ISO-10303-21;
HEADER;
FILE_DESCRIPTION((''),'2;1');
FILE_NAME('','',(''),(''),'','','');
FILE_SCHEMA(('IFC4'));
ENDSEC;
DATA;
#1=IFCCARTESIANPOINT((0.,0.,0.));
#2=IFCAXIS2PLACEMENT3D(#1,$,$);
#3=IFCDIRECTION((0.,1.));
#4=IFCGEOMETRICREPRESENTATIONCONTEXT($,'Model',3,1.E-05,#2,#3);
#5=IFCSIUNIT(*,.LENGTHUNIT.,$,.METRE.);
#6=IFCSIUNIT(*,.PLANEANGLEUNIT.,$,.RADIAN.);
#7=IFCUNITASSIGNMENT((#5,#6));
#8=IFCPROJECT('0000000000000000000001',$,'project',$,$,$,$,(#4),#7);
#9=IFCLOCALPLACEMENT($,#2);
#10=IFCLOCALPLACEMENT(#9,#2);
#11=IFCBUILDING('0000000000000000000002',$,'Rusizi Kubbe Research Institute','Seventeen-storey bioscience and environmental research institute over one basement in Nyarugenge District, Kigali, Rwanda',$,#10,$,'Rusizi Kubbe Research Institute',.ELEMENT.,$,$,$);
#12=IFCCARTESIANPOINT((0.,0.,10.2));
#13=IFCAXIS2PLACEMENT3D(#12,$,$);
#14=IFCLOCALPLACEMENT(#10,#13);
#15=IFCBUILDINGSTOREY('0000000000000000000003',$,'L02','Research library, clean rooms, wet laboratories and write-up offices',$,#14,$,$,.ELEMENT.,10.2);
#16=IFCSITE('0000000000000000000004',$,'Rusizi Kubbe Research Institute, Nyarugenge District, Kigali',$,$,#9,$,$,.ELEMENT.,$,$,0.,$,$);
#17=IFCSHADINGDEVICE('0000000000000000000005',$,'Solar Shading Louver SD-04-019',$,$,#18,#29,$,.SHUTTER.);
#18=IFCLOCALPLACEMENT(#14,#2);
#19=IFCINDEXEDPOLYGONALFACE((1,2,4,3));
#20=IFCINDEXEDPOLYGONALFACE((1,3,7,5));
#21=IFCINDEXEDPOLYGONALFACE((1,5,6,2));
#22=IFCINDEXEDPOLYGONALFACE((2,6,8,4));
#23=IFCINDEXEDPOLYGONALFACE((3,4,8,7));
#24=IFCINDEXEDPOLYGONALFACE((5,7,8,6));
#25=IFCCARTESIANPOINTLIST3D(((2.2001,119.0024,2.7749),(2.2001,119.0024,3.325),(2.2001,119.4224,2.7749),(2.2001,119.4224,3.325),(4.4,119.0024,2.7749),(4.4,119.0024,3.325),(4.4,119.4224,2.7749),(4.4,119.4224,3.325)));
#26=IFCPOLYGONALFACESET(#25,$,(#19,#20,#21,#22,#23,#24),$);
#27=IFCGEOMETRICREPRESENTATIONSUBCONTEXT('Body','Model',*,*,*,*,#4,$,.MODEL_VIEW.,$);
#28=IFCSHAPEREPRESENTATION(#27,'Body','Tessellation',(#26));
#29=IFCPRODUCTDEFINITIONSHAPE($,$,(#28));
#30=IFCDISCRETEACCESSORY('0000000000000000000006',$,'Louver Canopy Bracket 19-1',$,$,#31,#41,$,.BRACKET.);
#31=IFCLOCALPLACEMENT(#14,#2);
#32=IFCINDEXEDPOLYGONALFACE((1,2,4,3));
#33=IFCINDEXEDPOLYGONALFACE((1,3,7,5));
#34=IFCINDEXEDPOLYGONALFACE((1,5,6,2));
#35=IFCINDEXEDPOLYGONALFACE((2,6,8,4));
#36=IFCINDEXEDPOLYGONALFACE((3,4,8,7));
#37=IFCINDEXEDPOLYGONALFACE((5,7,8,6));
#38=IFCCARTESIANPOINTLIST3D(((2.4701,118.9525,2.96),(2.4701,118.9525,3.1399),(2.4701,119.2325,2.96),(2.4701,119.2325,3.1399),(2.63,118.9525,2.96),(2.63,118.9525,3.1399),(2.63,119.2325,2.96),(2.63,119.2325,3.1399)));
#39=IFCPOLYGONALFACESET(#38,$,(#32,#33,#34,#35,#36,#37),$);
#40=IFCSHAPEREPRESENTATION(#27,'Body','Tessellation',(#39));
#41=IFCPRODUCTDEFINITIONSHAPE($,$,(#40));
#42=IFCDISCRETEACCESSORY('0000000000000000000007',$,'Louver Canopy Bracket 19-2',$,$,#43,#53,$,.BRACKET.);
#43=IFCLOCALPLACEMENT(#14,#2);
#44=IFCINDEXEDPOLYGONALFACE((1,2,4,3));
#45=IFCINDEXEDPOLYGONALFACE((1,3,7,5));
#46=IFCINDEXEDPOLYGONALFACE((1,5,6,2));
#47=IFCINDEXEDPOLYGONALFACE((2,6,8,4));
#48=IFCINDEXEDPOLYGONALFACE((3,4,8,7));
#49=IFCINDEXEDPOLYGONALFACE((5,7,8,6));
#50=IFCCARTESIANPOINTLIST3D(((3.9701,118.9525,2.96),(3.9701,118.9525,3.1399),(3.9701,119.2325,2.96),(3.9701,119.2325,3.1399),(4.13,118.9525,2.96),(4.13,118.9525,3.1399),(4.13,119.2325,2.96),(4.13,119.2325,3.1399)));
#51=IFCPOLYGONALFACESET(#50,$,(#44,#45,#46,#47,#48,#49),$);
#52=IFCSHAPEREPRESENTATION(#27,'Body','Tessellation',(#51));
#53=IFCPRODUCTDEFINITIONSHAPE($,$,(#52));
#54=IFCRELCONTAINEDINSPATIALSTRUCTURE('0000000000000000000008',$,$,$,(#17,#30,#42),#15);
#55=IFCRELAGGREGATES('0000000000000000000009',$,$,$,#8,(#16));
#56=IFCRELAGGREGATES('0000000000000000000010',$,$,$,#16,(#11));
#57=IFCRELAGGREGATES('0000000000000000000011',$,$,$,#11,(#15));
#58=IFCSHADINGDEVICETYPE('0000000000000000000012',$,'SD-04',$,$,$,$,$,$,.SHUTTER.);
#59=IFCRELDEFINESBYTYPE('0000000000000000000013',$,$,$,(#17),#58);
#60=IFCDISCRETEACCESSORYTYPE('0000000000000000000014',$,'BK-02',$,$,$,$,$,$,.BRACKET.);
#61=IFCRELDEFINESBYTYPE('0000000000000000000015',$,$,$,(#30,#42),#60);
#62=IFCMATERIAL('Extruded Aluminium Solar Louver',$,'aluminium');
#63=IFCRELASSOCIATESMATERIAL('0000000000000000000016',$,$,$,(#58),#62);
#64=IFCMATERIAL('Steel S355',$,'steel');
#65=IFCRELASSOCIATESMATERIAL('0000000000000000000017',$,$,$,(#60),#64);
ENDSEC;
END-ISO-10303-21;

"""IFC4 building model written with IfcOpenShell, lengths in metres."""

from ifc_helpers import new_model, si_unit, direction, frame, origin, origin_2d, place, context, subcontext, project, spatial, rectangle, extrude, material, type_object, element, save


model = new_model("IFC4")

# Units and contexts
model_context = context("Model", 3, precision=1e-05, world=origin(), true_north=direction((0.0, 1.0)))
body_context = subcontext(model_context, "Body", "Model", "MODEL_VIEW")
ifc_project = project(units=[si_unit("LENGTHUNIT", "METRE"), si_unit("PLANEANGLEUNIT", "RADIAN")], contexts=[model_context])

# Site, building, storey
site_placement = place(None, origin())
site = spatial("IfcSite", under=ifc_project, at=site_placement, Name="Rusizi Kubbe Research Institute, Nyarugenge District, Kigali", CompositionType="ELEMENT", RefElevation=0.0)
building_placement = place(site_placement, origin())
building = spatial("IfcBuilding", under=site, at=building_placement, Name="Rusizi Kubbe Research Institute", Description="Seventeen-storey bioscience and environmental research institute over one basement in Nyarugenge District, Kigali, Rwanda", LongName="Rusizi Kubbe Research Institute", CompositionType="ELEMENT")
storey_placement = place(building_placement, frame((0.0, 0.0, 10.2)))
storey = spatial("IfcBuildingStorey", under=building, at=storey_placement, Name="L02", Description="Research library, clean rooms, wet laboratories and write-up offices", CompositionType="ELEMENT", Elevation=10.2)

# Shading device
ifc_material_1 = material(Name="Extruded Aluminium Solar Louver", Category="aluminium")
shading_device_type = type_object("IfcShadingDeviceType", Name="SD-04", PredefinedType="SHUTTER", material=ifc_material_1)
shading_device_placement = place(storey_placement, frame((3.3, 119.2124, 2.7749), z_axis=(0.0, 0.0, 1.0), x_axis=(1.0, 0.0, 0.0)))
element("IfcShadingDevice", 1, at=shading_device_placement, inside=storey, type_object=shading_device_type, Name="Solar Shading Louver SD-04-019", PredefinedType="SHUTTER", context=body_context, shape_type="SweptSolid", body=[
    extrude(rectangle(XDim=2.2, YDim=0.4199, at=origin_2d()), origin(), (0.0, 0.0, 1.0), 0.55),
])

# Discrete accessories
ifc_material_2 = material(Name="Steel S355", Category="steel")
discrete_accessory_type = type_object("IfcDiscreteAccessoryType", Name="BK-02", PredefinedType="BRACKET", material=ifc_material_2)
for number, where, z_axis, x_axis, name in (
    (2, (2.55, 119.0925, 2.96), (0.0, 0.0, 1.0), (1.0, 0.0, 0.0), "Louver Canopy Bracket 19-1"),
    (3, (4.05, 119.0925, 2.96), (0.0, 0.0, 1.0), (1.0, 0.0, 0.0), "Louver Canopy Bracket 19-2"),
):
    element("IfcDiscreteAccessory", number, at=place(storey_placement, frame(where, z_axis=z_axis, x_axis=x_axis)), inside=storey, type_object=discrete_accessory_type, Name=name, PredefinedType="BRACKET", context=body_context, shape_type="SweptSolid", body=[
        extrude(rectangle(XDim=0.1599, YDim=0.28, at=origin_2d()), origin(), (0.0, 0.0, 1.0), 0.1799),
    ])

save(model, "model.ifc")
